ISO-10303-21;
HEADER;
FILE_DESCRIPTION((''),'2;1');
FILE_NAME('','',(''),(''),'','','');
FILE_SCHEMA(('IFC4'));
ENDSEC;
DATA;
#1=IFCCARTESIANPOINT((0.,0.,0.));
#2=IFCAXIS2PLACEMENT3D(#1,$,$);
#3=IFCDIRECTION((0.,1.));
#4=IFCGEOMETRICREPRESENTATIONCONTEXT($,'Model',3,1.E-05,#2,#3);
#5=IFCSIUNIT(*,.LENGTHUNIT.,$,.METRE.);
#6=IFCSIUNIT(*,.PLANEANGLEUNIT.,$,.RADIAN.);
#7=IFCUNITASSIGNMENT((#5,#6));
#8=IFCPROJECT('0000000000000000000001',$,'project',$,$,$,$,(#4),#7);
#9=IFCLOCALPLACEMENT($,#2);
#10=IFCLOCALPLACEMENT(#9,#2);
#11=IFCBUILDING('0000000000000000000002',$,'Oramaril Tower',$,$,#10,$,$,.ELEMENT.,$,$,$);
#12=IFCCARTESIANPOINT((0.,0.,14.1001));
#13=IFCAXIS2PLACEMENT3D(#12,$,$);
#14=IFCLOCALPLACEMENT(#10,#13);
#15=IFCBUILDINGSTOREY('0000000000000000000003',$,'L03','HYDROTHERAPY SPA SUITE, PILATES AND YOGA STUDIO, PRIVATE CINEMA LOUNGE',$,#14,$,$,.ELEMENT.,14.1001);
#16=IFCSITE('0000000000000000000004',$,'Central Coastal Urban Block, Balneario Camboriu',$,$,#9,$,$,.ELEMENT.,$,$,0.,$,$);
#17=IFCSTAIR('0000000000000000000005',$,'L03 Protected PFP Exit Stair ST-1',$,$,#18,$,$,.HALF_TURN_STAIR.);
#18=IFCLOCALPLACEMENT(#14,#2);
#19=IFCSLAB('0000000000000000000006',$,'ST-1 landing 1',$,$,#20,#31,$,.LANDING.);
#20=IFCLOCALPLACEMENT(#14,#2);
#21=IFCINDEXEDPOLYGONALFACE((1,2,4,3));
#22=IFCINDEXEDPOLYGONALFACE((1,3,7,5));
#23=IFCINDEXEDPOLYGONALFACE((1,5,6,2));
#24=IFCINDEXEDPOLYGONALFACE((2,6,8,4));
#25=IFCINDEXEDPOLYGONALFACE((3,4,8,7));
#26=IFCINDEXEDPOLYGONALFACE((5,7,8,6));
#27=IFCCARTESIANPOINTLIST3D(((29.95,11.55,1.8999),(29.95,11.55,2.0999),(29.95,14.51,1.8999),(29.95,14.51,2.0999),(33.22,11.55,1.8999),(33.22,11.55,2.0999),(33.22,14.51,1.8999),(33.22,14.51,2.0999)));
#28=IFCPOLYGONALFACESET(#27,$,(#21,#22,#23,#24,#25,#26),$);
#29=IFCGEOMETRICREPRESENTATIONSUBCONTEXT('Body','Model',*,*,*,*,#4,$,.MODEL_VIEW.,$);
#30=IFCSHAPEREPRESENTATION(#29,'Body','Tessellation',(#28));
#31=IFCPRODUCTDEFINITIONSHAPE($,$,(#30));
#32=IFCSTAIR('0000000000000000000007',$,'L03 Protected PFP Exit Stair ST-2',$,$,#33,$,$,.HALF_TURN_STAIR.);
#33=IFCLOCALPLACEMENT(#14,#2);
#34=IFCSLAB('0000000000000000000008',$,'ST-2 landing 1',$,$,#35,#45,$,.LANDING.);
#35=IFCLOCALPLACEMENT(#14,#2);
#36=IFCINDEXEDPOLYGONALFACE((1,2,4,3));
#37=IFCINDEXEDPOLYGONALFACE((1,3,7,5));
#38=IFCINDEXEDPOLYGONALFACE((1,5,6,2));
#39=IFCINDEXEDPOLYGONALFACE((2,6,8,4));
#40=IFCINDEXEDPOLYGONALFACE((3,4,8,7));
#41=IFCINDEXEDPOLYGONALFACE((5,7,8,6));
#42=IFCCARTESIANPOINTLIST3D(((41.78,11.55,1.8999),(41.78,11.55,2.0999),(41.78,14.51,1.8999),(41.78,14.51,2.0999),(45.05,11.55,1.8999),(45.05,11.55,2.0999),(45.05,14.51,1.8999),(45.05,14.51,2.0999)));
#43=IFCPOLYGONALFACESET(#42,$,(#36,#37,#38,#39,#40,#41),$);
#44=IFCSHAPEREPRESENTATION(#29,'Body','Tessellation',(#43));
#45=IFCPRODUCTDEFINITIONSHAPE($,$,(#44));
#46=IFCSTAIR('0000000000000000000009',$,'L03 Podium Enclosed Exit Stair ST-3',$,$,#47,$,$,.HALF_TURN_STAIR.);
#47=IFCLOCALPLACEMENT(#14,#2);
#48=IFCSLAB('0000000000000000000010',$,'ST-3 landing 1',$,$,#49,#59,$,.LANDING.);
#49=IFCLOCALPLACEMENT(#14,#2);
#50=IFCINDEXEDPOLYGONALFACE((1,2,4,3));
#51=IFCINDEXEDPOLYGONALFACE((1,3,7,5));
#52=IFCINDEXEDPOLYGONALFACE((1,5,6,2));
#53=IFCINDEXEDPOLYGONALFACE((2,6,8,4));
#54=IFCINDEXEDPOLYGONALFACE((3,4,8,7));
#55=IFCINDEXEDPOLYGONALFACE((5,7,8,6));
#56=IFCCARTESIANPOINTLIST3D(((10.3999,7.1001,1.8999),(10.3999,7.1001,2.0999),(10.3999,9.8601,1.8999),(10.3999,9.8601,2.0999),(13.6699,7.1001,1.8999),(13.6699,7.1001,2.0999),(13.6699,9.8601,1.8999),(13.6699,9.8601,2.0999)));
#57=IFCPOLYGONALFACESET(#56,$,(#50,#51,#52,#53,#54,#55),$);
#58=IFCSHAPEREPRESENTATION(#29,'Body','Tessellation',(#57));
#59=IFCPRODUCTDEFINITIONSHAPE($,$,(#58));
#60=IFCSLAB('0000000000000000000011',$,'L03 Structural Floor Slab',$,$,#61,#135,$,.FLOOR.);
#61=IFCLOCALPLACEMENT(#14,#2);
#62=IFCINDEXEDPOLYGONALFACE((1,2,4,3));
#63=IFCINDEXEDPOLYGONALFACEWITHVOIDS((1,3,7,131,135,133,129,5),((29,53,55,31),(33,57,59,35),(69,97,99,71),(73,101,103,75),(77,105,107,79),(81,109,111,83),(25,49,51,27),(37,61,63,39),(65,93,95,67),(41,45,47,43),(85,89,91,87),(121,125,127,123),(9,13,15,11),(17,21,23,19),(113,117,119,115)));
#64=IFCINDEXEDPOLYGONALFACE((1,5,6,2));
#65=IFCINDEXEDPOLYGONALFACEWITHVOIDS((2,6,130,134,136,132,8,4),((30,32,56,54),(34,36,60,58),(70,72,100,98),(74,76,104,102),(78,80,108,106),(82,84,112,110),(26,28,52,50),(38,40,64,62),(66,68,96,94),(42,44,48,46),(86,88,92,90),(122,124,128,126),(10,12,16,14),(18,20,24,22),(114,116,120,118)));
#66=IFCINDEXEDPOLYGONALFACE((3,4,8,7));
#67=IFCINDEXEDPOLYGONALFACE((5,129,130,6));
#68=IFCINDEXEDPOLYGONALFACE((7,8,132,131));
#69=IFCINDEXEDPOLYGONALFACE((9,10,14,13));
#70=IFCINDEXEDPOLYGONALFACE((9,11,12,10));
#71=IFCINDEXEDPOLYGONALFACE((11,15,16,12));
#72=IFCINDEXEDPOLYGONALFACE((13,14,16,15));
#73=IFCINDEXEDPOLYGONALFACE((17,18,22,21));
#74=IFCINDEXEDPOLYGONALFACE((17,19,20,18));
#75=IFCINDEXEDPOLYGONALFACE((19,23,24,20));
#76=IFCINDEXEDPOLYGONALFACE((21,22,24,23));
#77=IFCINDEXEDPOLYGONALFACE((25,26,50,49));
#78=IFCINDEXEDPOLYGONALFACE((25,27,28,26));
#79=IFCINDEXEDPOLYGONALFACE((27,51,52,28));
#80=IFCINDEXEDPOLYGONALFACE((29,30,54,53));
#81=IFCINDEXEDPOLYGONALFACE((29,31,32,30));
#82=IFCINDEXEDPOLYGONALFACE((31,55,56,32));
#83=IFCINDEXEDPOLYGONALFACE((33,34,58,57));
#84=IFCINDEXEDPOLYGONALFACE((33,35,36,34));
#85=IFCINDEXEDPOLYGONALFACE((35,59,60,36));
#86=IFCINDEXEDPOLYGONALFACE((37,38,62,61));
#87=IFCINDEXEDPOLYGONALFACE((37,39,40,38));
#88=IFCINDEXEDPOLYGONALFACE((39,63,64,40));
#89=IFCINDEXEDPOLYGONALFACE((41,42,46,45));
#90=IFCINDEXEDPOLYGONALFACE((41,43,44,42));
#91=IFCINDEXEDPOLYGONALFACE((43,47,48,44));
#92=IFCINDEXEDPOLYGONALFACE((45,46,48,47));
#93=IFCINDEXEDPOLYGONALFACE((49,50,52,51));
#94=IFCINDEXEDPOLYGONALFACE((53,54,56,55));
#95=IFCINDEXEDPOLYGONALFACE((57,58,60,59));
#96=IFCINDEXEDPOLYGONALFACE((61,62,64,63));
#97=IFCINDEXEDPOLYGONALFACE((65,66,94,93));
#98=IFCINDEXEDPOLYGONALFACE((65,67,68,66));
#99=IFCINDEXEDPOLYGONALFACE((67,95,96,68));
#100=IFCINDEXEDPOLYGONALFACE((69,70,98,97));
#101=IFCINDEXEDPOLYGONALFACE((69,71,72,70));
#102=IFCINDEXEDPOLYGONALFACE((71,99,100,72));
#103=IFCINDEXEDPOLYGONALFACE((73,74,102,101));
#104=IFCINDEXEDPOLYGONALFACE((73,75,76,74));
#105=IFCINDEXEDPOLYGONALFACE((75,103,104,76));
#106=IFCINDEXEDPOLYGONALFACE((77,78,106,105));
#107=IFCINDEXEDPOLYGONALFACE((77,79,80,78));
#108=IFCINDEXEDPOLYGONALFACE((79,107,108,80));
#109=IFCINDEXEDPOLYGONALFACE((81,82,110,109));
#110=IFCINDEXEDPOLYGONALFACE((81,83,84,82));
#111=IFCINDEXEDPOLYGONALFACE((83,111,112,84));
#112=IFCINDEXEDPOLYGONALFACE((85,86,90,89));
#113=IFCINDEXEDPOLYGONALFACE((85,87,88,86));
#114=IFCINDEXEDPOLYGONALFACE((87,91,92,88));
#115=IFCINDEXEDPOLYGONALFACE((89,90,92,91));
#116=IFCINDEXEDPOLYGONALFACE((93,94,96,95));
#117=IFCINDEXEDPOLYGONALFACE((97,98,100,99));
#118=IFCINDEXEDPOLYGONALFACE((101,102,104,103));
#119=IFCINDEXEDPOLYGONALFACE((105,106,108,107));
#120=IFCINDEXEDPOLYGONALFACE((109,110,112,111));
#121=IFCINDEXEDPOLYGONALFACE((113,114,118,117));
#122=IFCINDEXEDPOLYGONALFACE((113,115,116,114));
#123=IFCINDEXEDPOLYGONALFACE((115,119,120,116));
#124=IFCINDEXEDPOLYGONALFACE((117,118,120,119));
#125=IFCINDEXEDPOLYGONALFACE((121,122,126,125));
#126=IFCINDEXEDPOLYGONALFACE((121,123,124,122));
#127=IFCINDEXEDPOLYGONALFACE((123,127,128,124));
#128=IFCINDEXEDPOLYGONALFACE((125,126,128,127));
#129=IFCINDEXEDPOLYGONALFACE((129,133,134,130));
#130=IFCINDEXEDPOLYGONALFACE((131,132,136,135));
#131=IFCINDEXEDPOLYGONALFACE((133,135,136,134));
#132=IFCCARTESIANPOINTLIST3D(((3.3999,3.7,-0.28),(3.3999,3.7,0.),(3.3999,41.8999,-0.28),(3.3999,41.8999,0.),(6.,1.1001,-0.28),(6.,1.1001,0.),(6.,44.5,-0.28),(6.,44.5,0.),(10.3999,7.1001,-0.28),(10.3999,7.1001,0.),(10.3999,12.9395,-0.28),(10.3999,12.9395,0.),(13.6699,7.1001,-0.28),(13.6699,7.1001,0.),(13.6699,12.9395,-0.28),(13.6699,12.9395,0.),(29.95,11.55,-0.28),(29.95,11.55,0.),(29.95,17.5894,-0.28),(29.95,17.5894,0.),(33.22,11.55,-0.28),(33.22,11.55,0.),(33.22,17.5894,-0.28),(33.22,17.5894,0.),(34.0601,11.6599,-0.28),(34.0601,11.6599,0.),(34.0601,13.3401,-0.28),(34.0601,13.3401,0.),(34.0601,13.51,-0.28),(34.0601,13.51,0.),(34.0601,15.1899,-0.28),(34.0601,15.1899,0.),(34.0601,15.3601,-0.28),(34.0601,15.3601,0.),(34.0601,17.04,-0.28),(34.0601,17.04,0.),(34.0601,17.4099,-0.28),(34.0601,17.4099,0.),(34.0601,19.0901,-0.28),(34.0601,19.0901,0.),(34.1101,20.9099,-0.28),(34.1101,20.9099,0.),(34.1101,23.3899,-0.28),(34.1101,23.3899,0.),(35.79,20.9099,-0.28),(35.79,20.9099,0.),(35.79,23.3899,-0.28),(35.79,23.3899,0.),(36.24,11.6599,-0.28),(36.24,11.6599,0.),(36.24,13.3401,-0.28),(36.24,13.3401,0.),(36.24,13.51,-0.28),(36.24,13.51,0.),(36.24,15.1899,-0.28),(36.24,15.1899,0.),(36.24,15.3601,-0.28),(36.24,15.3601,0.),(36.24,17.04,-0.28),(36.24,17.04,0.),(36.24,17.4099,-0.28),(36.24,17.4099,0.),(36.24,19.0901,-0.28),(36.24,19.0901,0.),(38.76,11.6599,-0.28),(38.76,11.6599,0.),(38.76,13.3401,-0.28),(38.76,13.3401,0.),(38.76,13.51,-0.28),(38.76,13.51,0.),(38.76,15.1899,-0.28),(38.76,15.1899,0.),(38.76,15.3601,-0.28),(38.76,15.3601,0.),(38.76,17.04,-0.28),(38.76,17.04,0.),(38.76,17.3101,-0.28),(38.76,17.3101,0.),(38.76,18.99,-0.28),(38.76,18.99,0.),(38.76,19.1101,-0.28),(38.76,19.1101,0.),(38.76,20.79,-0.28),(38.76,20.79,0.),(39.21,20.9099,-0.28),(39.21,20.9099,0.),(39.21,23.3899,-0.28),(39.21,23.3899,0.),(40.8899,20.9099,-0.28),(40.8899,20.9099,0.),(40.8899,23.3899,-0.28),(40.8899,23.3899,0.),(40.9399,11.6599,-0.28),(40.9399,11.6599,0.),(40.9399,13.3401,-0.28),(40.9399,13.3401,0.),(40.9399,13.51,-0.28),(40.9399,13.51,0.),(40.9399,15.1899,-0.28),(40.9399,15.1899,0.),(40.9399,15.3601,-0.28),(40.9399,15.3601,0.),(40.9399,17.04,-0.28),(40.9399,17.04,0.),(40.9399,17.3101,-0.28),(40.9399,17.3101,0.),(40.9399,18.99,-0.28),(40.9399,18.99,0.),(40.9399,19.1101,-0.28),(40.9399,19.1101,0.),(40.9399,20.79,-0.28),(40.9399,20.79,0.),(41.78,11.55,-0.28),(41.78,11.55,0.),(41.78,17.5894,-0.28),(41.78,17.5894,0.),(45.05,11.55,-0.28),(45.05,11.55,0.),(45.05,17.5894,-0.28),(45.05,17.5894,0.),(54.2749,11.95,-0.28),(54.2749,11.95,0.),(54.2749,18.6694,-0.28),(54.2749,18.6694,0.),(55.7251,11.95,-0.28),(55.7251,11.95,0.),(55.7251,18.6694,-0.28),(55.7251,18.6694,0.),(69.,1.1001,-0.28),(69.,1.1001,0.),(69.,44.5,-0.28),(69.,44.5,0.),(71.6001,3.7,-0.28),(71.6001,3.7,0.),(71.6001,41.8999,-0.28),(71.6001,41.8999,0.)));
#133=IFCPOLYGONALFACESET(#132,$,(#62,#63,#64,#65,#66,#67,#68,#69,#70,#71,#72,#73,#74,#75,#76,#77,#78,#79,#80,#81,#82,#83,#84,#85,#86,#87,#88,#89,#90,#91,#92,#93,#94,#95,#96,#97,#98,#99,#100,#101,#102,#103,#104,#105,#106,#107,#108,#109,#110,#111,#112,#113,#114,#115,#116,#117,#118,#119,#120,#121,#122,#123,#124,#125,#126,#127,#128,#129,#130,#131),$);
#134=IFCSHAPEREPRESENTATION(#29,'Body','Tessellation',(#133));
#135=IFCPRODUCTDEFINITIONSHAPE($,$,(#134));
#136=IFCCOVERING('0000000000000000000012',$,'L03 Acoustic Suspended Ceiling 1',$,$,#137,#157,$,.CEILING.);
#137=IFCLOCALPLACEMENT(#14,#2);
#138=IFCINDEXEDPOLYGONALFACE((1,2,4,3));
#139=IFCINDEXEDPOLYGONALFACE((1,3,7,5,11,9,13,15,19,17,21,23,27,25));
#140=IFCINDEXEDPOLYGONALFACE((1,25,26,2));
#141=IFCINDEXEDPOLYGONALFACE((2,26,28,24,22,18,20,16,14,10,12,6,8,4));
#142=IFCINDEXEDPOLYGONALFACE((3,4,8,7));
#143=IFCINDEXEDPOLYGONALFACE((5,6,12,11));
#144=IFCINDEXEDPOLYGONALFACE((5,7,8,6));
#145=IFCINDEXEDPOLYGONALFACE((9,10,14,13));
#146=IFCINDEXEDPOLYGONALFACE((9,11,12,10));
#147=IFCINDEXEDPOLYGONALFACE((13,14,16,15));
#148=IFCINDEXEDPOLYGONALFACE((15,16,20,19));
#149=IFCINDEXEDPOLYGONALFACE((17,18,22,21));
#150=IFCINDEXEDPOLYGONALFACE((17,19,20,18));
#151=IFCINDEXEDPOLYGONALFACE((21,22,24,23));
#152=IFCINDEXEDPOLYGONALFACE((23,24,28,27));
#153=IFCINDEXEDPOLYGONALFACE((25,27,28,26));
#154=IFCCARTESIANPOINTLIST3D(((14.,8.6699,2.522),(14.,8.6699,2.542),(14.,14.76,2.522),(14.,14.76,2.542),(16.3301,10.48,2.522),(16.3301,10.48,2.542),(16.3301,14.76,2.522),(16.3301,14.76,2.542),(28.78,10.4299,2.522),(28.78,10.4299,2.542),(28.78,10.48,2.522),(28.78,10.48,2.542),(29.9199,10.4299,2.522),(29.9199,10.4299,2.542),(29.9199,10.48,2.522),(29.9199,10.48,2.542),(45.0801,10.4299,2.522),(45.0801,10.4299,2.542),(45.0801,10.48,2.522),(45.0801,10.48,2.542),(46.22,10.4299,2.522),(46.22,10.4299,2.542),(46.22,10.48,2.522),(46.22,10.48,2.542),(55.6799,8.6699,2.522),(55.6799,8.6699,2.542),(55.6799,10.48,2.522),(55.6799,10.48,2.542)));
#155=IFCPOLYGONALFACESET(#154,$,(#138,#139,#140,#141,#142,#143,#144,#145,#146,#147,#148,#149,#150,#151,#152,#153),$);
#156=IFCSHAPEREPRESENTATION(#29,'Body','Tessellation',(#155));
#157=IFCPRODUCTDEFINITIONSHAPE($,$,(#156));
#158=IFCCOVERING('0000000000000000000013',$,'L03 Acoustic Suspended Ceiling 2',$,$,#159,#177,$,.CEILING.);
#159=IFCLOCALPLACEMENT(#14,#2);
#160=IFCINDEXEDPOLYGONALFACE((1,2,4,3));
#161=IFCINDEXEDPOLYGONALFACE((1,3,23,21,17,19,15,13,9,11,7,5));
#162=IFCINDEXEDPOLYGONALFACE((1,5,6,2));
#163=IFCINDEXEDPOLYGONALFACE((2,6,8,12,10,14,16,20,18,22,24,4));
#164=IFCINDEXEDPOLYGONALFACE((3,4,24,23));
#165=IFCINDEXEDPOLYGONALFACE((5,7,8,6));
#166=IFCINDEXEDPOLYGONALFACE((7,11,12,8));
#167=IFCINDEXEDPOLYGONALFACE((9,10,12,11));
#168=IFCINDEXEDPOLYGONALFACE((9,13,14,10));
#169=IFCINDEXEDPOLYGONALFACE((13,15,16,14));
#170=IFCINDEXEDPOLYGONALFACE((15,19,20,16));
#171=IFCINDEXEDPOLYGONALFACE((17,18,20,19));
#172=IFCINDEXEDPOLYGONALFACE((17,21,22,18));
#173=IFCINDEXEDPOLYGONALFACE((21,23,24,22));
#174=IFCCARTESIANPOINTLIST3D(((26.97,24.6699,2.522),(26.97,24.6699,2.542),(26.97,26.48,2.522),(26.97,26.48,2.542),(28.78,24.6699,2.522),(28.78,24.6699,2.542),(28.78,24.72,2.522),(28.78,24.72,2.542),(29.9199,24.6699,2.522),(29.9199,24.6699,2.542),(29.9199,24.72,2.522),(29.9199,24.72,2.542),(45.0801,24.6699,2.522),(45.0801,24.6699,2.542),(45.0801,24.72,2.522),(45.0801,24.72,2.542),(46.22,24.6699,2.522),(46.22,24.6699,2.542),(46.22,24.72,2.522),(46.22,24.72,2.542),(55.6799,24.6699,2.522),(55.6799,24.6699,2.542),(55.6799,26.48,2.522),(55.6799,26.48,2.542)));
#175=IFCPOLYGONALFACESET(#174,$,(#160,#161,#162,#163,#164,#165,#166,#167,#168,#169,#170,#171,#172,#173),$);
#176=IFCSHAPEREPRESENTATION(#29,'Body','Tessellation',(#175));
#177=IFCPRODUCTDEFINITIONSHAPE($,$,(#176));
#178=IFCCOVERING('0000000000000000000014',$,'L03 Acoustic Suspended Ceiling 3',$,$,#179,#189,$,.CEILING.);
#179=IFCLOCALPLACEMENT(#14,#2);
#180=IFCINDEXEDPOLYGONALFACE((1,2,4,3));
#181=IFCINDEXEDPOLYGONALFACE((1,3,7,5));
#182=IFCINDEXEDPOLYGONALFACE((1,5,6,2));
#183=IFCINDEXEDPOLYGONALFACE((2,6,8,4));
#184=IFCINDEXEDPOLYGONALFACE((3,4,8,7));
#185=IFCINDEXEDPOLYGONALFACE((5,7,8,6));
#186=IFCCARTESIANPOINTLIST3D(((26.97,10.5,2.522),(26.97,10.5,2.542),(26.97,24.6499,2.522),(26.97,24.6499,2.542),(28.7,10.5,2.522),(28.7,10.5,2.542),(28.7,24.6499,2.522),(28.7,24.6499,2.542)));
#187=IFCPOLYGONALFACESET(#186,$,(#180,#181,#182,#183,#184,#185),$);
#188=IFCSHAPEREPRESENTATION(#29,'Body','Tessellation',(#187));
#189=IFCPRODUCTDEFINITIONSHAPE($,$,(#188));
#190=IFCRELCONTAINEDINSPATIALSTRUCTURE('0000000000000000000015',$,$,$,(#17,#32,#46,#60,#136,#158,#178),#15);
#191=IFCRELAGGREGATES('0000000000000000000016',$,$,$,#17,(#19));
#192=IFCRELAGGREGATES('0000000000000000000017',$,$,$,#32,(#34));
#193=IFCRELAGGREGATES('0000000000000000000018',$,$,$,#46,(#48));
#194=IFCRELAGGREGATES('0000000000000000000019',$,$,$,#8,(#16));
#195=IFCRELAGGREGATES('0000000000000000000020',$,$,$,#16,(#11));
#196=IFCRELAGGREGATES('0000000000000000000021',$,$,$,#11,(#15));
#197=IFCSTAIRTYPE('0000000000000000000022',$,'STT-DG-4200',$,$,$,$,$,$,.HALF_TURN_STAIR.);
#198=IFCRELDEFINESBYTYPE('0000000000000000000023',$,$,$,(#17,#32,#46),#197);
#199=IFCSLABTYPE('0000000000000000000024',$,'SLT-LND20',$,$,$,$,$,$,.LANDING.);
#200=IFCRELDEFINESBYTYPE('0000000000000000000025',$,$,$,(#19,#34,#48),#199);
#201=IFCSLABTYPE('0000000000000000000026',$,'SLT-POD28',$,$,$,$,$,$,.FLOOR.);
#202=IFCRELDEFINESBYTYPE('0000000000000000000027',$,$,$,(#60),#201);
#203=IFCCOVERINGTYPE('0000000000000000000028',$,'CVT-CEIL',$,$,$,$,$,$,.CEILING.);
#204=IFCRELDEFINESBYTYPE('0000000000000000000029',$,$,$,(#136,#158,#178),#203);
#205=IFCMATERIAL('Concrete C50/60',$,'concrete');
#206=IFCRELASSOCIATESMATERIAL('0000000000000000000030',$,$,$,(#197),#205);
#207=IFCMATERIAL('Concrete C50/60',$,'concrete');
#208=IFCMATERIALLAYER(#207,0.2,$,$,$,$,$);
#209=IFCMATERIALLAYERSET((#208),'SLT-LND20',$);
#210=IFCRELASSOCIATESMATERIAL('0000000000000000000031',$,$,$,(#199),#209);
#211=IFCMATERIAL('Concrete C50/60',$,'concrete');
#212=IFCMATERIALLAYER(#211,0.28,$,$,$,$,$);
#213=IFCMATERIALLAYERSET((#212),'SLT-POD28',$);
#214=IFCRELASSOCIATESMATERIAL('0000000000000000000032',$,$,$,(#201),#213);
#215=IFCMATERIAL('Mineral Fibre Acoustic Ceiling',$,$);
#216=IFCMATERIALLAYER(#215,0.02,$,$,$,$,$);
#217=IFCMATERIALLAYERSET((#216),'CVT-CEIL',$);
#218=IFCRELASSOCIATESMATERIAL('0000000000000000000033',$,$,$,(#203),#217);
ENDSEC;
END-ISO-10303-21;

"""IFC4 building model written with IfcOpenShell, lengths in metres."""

from ifc_helpers import new_model, si_unit, direction, frame, origin, place, context, subcontext, project, spatial, polyline, outline, extrude, material, layer, layer_set, type_object, element, aggregate, save


model = new_model("IFC4")

# Units and contexts
model_context = context("Model", 3, precision=1e-05, world=origin(), true_north=direction((0.0, 1.0)))
body_context = subcontext(model_context, "Body", "Model", "MODEL_VIEW")
ifc_project = project(units=[si_unit("LENGTHUNIT", "METRE"), si_unit("PLANEANGLEUNIT", "RADIAN")], contexts=[model_context])

# Site, building, storey
site_placement = place(None, origin())
site = spatial("IfcSite", under=ifc_project, at=site_placement, Name="Central Coastal Urban Block, Balneario Camboriu", CompositionType="ELEMENT", RefElevation=0.0)
building_placement = place(site_placement, origin())
building = spatial("IfcBuilding", under=site, at=building_placement, Name="Oramaril Tower", CompositionType="ELEMENT")
storey_placement = place(building_placement, frame((0.0, 0.0, 14.1001)))
storey = spatial("IfcBuildingStorey", under=building, at=storey_placement, Name="L03", Description="HYDROTHERAPY SPA SUITE, PILATES AND YOGA STUDIO, PRIVATE CINEMA LOUNGE", CompositionType="ELEMENT", Elevation=14.1001)

# Stairs, slabs
ifc_material_1 = material(Name="Concrete C50/60", Category="concrete")
stair_type = type_object("IfcStairType", Name="STT-DG-4200", PredefinedType="HALF_TURN_STAIR", material=ifc_material_1)
stair_1_placement = place(storey_placement, origin())
stair_1 = element("IfcStair", 1, at=stair_1_placement, inside=storey, type_object=stair_type, Name="L03 Protected PFP Exit Stair ST-1", PredefinedType="HALF_TURN_STAIR")
ifc_material_2 = material(Name="Concrete C50/60", Category="concrete")
ifc_layer_1 = layer(ifc_material_2, 0.2)
ifc_layer_set_1 = layer_set([ifc_layer_1], Name="SLT-LND20")
slab_type_1 = type_object("IfcSlabType", Name="SLT-LND20", PredefinedType="LANDING", material=ifc_layer_set_1)
slab_1_placement = place(storey_placement, frame((0.0, 0.0, 1.8999)))
slab_1 = element("IfcSlab", 2, at=slab_1_placement, type_object=slab_type_1, Name="ST-1 landing 1", PredefinedType="LANDING", context=body_context, shape_type="SweptSolid", body=[
    extrude(outline(polyline([(29.95, 14.51), (29.95, 11.55), (33.22, 11.55), (33.22, 14.51), (29.95, 14.51)])), origin(), (0.0, 0.0, 1.0), 0.2),
])
aggregate(stair_1, [slab_1])
stair_2_placement = place(storey_placement, origin())
stair_2 = element("IfcStair", 3, at=stair_2_placement, inside=storey, type_object=stair_type, Name="L03 Protected PFP Exit Stair ST-2", PredefinedType="HALF_TURN_STAIR")
slab_2_placement = place(storey_placement, frame((0.0, 0.0, 1.8999)))
slab_2 = element("IfcSlab", 4, at=slab_2_placement, type_object=slab_type_1, Name="ST-2 landing 1", PredefinedType="LANDING", context=body_context, shape_type="SweptSolid", body=[
    extrude(outline(polyline([(41.78, 14.51), (41.78, 11.55), (45.05, 11.55), (45.05, 14.51), (41.78, 14.51)])), origin(), (0.0, 0.0, 1.0), 0.2),
])
aggregate(stair_2, [slab_2])
stair_3_placement = place(storey_placement, origin())
stair_3 = element("IfcStair", 5, at=stair_3_placement, inside=storey, type_object=stair_type, Name="L03 Podium Enclosed Exit Stair ST-3", PredefinedType="HALF_TURN_STAIR")
slab_3_placement = place(storey_placement, frame((0.0, 0.0, 1.8999)))
slab_3 = element("IfcSlab", 6, at=slab_3_placement, type_object=slab_type_1, Name="ST-3 landing 1", PredefinedType="LANDING", context=body_context, shape_type="SweptSolid", body=[
    extrude(outline(polyline([(10.3999, 9.8601), (10.3999, 7.1001), (13.6699, 7.1001), (13.6699, 9.8601), (10.3999, 9.8601)])), origin(), (0.0, 0.0, 1.0), 0.2),
])
aggregate(stair_3, [slab_3])

# Slab
ifc_material_3 = material(Name="Concrete C50/60", Category="concrete")
ifc_layer_2 = layer(ifc_material_3, 0.28)
ifc_layer_set_2 = layer_set([ifc_layer_2], Name="SLT-POD28")
slab_type_2 = type_object("IfcSlabType", Name="SLT-POD28", PredefinedType="FLOOR", material=ifc_layer_set_2)
slab_4_placement = place(storey_placement, frame((0.0, 0.0, -0.28)))
element("IfcSlab", 7, at=slab_4_placement, inside=storey, type_object=slab_type_2, Name="L03 Structural Floor Slab", PredefinedType="FLOOR", context=body_context, shape_type="SweptSolid", body=[
    extrude(outline(polyline([(6.0, 1.1001), (69.0, 1.1001), (71.6001, 3.7), (71.6001, 41.8999), (69.0, 44.5), (6.0, 44.5), (3.3999, 41.8999), (3.3999, 3.7), (6.0, 1.1001)]), holes=[polyline([(29.95, 17.5894), (29.95, 11.55), (33.22, 11.55), (33.22, 17.5894), (29.95, 17.5894)]), polyline([(41.78, 17.5894), (41.78, 11.55), (45.05, 11.55), (45.05, 17.5894), (41.78, 17.5894)]), polyline([(10.3999, 12.9395), (10.3999, 7.1001), (13.6699, 7.1001), (13.6699, 12.9395), (10.3999, 12.9395)]), polyline([(54.2749, 11.95), (55.7251, 11.95), (55.7251, 18.6694), (54.2749, 18.6694), (54.2749, 11.95)]), polyline([(34.1101, 20.9099), (35.79, 20.9099), (35.79, 23.3899), (34.1101, 23.3899), (34.1101, 20.9099)]), polyline([(39.21, 20.9099), (40.8899, 20.9099), (40.8899, 23.3899), (39.21, 23.3899), (39.21, 20.9099)]), polyline([(34.0601, 11.6599), (36.24, 11.6599), (36.24, 13.3401), (34.0601, 13.3401), (34.0601, 11.6599)]), polyline([(34.0601, 13.51), (36.24, 13.51), (36.24, 15.1899), (34.0601, 15.1899), (34.0601, 13.51)]), polyline([(34.0601, 15.3601), (36.24, 15.3601), (36.24, 17.04), (34.0601, 17.04), (34.0601, 15.3601)]), polyline([(38.76, 11.6599), (40.9399, 11.6599), (40.9399, 13.3401), (38.76, 13.3401), (38.76, 11.6599)]), polyline([(38.76, 13.51), (40.9399, 13.51), (40.9399, 15.1899), (38.76, 15.1899), (38.76, 13.51)]), polyline([(38.76, 15.3601), (40.9399, 15.3601), (40.9399, 17.04), (38.76, 17.04), (38.76, 15.3601)]), polyline([(34.0601, 17.4099), (36.24, 17.4099), (36.24, 19.0901), (34.0601, 19.0901), (34.0601, 17.4099)]), polyline([(38.76, 17.3101), (40.9399, 17.3101), (40.9399, 18.99), (38.76, 18.99), (38.76, 17.3101)]), polyline([(38.76, 19.1101), (40.9399, 19.1101), (40.9399, 20.79), (38.76, 20.79), (38.76, 19.1101)])]), origin(), (0.0, 0.0, 1.0), 0.28),
])

# Coverings
ifc_material_4 = material(Name="Mineral Fibre Acoustic Ceiling")
ifc_layer_3 = layer(ifc_material_4, 0.02)
ifc_layer_set_3 = layer_set([ifc_layer_3], Name="CVT-CEIL")
covering_type_1 = type_object("IfcCoveringType", Name="CVT-CEIL", PredefinedType="CEILING", material=ifc_layer_set_3)
covering_1_placement = place(storey_placement, frame((0.0, 0.0, 2.522)))
element("IfcCovering", 8, at=covering_1_placement, inside=storey, type_object=covering_type_1, Name="L03 Acoustic Suspended Ceiling 1", PredefinedType="CEILING", context=body_context, shape_type="SweptSolid", body=[
    extrude(outline(polyline([(28.78, 10.48), (28.78, 10.4299), (29.9199, 10.4299), (29.9199, 10.48), (45.0801, 10.48), (45.0801, 10.4299), (46.22, 10.4299), (46.22, 10.48), (55.6799, 10.48), (55.6799, 8.6699), (14.0, 8.6699), (14.0, 14.76), (16.3301, 14.76), (16.3301, 10.48), (28.78, 10.48)])), origin(), (0.0, 0.0, 1.0), 0.02),
])
covering_2_placement = place(storey_placement, frame((0.0, 0.0, 2.522)))
element("IfcCovering", 9, at=covering_2_placement, inside=storey, type_object=covering_type_1, Name="L03 Acoustic Suspended Ceiling 2", PredefinedType="CEILING", context=body_context, shape_type="SweptSolid", body=[
    extrude(outline(polyline([(55.6799, 26.48), (55.6799, 24.6699), (46.22, 24.6699), (46.22, 24.72), (45.0801, 24.72), (45.0801, 24.6699), (29.9199, 24.6699), (29.9199, 24.72), (28.78, 24.72), (28.78, 24.6699), (26.97, 24.6699), (26.97, 26.48), (55.6799, 26.48)])), origin(), (0.0, 0.0, 1.0), 0.02),
])
covering_3_placement = place(storey_placement, frame((0.0, 0.0, 2.522)))
element("IfcCovering", 10, at=covering_3_placement, inside=storey, type_object=covering_type_1, Name="L03 Acoustic Suspended Ceiling 3", PredefinedType="CEILING", context=body_context, shape_type="SweptSolid", body=[
    extrude(outline(polyline([(28.7, 10.5), (26.97, 10.5), (26.97, 24.6499), (28.7, 24.6499), (28.7, 10.5)])), origin(), (0.0, 0.0, 1.0), 0.02),
])

save(model, "model.ifc")
